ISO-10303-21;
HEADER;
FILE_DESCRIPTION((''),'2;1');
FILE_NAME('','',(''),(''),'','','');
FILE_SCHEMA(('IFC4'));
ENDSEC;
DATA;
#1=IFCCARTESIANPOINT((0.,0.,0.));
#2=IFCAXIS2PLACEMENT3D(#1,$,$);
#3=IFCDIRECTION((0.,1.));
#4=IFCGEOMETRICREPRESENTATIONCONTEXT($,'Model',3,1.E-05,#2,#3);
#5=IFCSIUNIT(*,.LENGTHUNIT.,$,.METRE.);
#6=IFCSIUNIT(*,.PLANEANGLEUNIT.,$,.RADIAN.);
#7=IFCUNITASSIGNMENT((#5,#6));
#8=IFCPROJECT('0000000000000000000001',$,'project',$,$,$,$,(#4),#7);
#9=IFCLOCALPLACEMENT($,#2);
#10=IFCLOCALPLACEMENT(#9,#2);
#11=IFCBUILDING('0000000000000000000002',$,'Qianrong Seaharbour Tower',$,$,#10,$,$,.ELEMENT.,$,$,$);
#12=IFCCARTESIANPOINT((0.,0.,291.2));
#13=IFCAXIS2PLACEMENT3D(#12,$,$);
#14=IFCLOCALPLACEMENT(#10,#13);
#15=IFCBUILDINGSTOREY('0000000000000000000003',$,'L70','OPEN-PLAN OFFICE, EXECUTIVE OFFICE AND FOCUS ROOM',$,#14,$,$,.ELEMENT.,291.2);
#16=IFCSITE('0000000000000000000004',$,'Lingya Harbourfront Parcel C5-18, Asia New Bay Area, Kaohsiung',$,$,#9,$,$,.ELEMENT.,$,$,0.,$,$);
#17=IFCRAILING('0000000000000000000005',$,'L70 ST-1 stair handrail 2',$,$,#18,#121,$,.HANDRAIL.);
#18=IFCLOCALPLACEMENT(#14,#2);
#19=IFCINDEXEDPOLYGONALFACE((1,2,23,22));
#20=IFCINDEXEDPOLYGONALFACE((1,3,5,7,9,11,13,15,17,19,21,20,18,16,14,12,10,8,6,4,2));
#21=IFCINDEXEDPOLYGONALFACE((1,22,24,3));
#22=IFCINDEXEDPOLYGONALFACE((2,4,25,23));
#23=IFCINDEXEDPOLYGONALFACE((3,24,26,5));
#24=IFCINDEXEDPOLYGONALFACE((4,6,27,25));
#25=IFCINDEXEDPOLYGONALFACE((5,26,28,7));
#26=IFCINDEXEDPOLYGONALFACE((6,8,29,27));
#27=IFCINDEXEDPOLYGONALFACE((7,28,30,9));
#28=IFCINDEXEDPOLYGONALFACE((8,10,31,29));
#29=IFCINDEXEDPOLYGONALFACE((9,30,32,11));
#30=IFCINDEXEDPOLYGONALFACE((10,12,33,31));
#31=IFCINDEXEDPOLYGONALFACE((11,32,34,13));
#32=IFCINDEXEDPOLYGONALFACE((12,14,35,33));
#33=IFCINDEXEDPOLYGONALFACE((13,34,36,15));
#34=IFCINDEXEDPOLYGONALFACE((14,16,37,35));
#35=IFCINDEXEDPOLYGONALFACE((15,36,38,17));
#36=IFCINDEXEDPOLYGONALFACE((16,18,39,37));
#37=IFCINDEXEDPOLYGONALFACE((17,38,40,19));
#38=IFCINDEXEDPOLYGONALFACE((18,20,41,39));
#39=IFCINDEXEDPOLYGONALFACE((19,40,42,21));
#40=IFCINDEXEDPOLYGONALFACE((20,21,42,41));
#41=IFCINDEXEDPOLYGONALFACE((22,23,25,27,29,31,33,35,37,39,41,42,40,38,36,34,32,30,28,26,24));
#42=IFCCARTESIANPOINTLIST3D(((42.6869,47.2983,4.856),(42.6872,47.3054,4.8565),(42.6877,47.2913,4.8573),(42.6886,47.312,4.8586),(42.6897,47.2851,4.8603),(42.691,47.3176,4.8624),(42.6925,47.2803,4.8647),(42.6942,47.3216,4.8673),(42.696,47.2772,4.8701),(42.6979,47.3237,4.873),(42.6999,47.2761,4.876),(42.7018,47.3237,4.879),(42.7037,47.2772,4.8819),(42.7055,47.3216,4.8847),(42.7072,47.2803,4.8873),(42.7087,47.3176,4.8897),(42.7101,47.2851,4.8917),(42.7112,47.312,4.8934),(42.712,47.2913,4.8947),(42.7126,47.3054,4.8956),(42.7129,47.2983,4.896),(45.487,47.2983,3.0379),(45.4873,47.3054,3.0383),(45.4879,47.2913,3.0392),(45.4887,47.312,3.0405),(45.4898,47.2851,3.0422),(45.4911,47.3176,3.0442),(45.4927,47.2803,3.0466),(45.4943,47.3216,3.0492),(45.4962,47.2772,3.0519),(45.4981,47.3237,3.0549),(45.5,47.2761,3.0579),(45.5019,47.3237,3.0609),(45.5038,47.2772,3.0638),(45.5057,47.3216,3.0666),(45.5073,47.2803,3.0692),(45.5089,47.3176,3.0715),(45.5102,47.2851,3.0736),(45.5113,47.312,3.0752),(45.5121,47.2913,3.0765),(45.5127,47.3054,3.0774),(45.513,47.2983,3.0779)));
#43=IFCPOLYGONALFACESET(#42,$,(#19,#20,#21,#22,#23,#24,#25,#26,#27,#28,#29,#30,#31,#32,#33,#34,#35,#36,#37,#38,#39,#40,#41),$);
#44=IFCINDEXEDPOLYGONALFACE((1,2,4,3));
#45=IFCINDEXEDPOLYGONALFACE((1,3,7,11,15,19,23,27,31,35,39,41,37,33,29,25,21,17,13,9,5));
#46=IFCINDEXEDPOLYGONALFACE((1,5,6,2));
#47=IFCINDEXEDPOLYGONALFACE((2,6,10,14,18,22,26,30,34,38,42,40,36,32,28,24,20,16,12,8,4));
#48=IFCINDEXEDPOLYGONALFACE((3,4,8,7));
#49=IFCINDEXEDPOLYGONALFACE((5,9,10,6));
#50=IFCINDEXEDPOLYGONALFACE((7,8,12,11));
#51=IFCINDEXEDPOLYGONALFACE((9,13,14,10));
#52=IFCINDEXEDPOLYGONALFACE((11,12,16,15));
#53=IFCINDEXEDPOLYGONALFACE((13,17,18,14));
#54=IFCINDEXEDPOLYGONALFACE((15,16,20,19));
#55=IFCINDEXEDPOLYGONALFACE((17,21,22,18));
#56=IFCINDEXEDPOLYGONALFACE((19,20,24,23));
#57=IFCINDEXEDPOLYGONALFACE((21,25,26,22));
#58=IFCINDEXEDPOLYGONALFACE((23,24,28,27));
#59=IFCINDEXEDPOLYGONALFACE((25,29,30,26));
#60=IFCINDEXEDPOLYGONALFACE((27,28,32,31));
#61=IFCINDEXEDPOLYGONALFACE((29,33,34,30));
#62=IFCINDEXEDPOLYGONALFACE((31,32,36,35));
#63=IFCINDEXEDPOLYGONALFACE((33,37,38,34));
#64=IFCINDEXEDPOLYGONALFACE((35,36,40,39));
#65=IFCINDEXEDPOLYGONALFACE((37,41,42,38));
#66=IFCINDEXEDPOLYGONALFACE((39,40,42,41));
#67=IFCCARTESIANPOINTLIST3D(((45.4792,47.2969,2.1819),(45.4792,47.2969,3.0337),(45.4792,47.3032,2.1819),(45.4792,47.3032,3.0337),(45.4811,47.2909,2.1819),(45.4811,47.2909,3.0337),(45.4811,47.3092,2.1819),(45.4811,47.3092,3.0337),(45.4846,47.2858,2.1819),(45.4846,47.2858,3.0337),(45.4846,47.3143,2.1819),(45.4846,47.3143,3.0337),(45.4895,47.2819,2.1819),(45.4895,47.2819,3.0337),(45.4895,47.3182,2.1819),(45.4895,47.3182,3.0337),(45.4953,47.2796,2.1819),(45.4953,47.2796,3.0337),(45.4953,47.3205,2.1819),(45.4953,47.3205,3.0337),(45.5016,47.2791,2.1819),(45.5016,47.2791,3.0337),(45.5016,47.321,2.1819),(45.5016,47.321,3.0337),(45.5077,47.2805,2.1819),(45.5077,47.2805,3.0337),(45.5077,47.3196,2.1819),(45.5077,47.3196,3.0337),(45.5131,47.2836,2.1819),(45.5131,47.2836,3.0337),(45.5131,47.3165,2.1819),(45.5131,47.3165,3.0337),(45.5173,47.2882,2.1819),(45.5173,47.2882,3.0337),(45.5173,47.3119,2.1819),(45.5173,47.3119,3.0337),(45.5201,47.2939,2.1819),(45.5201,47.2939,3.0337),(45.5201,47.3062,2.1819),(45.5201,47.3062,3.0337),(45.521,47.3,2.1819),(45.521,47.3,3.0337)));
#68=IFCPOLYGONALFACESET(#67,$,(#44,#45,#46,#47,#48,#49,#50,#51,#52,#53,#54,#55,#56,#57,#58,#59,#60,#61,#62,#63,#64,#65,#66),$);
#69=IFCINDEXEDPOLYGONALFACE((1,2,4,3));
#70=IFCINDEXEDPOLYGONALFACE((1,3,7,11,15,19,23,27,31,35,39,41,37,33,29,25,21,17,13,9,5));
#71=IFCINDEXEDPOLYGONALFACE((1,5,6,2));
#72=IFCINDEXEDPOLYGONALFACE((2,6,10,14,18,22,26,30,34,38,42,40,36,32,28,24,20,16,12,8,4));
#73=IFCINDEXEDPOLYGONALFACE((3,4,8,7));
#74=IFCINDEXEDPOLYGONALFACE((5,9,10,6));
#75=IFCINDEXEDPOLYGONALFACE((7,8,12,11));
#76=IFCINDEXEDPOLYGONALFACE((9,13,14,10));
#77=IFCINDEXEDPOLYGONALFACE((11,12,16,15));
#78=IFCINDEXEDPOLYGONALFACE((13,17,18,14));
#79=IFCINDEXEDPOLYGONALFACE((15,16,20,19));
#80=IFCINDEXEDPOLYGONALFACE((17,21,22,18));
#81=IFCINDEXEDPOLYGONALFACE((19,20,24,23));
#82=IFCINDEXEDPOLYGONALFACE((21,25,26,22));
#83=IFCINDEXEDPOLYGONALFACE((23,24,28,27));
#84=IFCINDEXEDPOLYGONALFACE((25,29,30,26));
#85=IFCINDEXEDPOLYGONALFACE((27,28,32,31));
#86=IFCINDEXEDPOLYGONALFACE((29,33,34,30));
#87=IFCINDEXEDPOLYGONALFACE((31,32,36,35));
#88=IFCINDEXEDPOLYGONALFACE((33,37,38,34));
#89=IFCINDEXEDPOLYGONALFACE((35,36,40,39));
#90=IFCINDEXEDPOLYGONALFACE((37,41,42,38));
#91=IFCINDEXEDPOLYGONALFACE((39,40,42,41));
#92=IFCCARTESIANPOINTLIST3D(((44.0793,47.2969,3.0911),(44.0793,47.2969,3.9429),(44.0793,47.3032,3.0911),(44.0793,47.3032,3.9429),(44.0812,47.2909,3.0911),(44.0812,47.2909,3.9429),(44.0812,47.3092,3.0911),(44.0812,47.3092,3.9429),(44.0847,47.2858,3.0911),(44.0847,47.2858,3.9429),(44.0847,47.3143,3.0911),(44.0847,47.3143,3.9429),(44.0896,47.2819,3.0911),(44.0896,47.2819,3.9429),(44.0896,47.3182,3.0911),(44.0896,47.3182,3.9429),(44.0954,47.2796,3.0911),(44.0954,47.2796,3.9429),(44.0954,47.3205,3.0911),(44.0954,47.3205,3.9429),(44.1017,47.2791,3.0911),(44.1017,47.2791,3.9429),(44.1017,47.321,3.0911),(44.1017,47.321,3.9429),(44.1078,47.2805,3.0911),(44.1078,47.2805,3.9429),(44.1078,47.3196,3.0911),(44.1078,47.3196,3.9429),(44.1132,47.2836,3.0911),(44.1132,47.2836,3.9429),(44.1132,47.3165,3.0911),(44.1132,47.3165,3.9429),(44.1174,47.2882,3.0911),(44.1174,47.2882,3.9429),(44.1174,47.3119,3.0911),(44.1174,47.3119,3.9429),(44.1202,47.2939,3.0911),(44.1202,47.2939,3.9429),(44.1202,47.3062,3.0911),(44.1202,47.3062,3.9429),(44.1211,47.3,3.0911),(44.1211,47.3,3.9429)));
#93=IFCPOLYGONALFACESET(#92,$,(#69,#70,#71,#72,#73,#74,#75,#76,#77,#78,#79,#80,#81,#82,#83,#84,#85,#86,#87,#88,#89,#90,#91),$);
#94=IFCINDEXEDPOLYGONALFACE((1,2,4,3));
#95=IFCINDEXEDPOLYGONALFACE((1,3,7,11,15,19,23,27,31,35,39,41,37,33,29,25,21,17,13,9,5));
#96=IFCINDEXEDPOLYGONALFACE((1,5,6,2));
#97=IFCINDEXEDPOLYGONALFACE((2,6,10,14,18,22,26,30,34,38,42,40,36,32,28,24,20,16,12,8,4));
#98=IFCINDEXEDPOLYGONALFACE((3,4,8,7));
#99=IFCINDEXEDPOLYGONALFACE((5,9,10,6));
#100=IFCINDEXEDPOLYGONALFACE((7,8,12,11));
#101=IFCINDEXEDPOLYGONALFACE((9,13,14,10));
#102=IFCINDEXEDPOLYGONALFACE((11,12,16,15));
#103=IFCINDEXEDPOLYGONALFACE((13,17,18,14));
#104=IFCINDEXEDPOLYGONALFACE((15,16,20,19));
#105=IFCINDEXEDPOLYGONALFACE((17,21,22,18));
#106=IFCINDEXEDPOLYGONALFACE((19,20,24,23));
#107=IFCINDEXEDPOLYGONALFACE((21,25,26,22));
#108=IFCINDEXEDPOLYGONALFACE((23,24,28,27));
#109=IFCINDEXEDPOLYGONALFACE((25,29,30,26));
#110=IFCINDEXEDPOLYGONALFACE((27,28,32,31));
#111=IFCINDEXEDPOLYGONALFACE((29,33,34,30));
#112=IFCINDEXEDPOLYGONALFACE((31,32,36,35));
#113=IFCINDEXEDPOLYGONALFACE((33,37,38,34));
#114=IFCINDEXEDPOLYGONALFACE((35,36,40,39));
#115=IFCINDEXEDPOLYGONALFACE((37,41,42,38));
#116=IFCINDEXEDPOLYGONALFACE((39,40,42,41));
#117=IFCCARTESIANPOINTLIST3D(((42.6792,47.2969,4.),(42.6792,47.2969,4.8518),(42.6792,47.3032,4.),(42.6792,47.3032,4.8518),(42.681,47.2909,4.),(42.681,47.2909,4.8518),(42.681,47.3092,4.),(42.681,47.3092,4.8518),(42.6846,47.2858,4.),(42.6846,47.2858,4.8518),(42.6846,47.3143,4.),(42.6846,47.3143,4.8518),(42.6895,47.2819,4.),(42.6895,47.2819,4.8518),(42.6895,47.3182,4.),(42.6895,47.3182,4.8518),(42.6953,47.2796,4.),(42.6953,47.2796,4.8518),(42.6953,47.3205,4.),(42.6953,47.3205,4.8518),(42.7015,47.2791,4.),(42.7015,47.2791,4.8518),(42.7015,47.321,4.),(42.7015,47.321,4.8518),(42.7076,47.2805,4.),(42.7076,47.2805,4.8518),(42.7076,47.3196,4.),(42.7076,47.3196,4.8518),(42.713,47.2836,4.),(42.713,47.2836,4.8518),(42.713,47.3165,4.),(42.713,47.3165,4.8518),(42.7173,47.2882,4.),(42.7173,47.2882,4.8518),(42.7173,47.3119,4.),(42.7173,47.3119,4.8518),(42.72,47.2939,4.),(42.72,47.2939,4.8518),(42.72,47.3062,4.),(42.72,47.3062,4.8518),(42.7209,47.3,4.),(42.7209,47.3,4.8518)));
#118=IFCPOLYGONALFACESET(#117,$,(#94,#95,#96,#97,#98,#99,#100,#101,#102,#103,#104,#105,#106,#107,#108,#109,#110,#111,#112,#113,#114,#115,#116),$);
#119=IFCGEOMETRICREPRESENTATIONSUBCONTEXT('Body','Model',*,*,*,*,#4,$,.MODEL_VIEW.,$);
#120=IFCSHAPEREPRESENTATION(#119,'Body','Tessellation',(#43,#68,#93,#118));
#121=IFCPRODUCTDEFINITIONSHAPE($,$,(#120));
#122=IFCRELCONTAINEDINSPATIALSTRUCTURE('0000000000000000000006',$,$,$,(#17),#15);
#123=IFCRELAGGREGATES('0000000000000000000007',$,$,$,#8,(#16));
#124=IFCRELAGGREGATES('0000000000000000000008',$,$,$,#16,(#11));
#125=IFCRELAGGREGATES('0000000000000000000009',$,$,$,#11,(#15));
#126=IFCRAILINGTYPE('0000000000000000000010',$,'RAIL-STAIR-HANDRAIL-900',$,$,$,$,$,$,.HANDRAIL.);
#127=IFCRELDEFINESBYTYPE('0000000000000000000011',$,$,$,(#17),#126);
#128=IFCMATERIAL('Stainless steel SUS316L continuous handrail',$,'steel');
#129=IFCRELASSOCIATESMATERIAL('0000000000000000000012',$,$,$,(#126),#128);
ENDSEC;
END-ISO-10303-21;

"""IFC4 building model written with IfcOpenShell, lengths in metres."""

from ifc_helpers import new_model, si_unit, direction, frame, origin, origin_2d, place, context, subcontext, project, spatial, circle, extrude, material, type_object, element, save


model = new_model("IFC4")

# Units and contexts
model_context = context("Model", 3, precision=1e-05, world=origin(), true_north=direction((0.0, 1.0)))
body_context = subcontext(model_context, "Body", "Model", "MODEL_VIEW")
ifc_project = project(units=[si_unit("LENGTHUNIT", "METRE"), si_unit("PLANEANGLEUNIT", "RADIAN")], contexts=[model_context])

# Site, building, storey
site_placement = place(None, origin())
site = spatial("IfcSite", under=ifc_project, at=site_placement, Name="Lingya Harbourfront Parcel C5-18, Asia New Bay Area, Kaohsiung", CompositionType="ELEMENT", RefElevation=0.0)
building_placement = place(site_placement, origin())
building = spatial("IfcBuilding", under=site, at=building_placement, Name="Qianrong Seaharbour Tower", CompositionType="ELEMENT")
storey_placement = place(building_placement, frame((0.0, 0.0, 291.2)))
storey = spatial("IfcBuildingStorey", under=building, at=storey_placement, Name="L70", Description="OPEN-PLAN OFFICE, EXECUTIVE OFFICE AND FOCUS ROOM", CompositionType="ELEMENT", Elevation=291.2)

# Railing
ifc_material_1 = material(Name="Stainless steel SUS316L continuous handrail", Category="steel")
railing_type_1 = type_object("IfcRailingType", Name="RAIL-STAIR-HANDRAIL-900", PredefinedType="HANDRAIL", material=ifc_material_1)
railing_1_placement = place(storey_placement, frame((45.5, 47.3, 2.1819)))
element("IfcRailing", 1, at=railing_1_placement, inside=storey, type_object=railing_type_1, Name="L70 ST-1 stair handrail 2", PredefinedType="HANDRAIL", context=body_context, shape_type="SweptSolid", body=[
    extrude(circle(Radius=0.0239, at=origin_2d()), frame((0.0, 0.0, 0.876), z_axis=(-0.838706, 0.0, 0.544585), x_axis=(0.0, -1.0, 0.0)), (0.0, 0.0, 1.0), 3.3386),
    extrude(circle(Radius=0.021, at=origin_2d()), origin(), (0.0, 0.0, 1.0), 0.8518),
    extrude(circle(Radius=0.021, at=origin_2d()), frame((-1.3999, 0.0, 0.9092)), (0.0, 0.0, 1.0), 0.8518),
    extrude(circle(Radius=0.021, at=origin_2d()), frame((-2.8, 0.0, 1.8181)), (0.0, 0.0, 1.0), 0.8518),
])

save(model, "model.ifc")
